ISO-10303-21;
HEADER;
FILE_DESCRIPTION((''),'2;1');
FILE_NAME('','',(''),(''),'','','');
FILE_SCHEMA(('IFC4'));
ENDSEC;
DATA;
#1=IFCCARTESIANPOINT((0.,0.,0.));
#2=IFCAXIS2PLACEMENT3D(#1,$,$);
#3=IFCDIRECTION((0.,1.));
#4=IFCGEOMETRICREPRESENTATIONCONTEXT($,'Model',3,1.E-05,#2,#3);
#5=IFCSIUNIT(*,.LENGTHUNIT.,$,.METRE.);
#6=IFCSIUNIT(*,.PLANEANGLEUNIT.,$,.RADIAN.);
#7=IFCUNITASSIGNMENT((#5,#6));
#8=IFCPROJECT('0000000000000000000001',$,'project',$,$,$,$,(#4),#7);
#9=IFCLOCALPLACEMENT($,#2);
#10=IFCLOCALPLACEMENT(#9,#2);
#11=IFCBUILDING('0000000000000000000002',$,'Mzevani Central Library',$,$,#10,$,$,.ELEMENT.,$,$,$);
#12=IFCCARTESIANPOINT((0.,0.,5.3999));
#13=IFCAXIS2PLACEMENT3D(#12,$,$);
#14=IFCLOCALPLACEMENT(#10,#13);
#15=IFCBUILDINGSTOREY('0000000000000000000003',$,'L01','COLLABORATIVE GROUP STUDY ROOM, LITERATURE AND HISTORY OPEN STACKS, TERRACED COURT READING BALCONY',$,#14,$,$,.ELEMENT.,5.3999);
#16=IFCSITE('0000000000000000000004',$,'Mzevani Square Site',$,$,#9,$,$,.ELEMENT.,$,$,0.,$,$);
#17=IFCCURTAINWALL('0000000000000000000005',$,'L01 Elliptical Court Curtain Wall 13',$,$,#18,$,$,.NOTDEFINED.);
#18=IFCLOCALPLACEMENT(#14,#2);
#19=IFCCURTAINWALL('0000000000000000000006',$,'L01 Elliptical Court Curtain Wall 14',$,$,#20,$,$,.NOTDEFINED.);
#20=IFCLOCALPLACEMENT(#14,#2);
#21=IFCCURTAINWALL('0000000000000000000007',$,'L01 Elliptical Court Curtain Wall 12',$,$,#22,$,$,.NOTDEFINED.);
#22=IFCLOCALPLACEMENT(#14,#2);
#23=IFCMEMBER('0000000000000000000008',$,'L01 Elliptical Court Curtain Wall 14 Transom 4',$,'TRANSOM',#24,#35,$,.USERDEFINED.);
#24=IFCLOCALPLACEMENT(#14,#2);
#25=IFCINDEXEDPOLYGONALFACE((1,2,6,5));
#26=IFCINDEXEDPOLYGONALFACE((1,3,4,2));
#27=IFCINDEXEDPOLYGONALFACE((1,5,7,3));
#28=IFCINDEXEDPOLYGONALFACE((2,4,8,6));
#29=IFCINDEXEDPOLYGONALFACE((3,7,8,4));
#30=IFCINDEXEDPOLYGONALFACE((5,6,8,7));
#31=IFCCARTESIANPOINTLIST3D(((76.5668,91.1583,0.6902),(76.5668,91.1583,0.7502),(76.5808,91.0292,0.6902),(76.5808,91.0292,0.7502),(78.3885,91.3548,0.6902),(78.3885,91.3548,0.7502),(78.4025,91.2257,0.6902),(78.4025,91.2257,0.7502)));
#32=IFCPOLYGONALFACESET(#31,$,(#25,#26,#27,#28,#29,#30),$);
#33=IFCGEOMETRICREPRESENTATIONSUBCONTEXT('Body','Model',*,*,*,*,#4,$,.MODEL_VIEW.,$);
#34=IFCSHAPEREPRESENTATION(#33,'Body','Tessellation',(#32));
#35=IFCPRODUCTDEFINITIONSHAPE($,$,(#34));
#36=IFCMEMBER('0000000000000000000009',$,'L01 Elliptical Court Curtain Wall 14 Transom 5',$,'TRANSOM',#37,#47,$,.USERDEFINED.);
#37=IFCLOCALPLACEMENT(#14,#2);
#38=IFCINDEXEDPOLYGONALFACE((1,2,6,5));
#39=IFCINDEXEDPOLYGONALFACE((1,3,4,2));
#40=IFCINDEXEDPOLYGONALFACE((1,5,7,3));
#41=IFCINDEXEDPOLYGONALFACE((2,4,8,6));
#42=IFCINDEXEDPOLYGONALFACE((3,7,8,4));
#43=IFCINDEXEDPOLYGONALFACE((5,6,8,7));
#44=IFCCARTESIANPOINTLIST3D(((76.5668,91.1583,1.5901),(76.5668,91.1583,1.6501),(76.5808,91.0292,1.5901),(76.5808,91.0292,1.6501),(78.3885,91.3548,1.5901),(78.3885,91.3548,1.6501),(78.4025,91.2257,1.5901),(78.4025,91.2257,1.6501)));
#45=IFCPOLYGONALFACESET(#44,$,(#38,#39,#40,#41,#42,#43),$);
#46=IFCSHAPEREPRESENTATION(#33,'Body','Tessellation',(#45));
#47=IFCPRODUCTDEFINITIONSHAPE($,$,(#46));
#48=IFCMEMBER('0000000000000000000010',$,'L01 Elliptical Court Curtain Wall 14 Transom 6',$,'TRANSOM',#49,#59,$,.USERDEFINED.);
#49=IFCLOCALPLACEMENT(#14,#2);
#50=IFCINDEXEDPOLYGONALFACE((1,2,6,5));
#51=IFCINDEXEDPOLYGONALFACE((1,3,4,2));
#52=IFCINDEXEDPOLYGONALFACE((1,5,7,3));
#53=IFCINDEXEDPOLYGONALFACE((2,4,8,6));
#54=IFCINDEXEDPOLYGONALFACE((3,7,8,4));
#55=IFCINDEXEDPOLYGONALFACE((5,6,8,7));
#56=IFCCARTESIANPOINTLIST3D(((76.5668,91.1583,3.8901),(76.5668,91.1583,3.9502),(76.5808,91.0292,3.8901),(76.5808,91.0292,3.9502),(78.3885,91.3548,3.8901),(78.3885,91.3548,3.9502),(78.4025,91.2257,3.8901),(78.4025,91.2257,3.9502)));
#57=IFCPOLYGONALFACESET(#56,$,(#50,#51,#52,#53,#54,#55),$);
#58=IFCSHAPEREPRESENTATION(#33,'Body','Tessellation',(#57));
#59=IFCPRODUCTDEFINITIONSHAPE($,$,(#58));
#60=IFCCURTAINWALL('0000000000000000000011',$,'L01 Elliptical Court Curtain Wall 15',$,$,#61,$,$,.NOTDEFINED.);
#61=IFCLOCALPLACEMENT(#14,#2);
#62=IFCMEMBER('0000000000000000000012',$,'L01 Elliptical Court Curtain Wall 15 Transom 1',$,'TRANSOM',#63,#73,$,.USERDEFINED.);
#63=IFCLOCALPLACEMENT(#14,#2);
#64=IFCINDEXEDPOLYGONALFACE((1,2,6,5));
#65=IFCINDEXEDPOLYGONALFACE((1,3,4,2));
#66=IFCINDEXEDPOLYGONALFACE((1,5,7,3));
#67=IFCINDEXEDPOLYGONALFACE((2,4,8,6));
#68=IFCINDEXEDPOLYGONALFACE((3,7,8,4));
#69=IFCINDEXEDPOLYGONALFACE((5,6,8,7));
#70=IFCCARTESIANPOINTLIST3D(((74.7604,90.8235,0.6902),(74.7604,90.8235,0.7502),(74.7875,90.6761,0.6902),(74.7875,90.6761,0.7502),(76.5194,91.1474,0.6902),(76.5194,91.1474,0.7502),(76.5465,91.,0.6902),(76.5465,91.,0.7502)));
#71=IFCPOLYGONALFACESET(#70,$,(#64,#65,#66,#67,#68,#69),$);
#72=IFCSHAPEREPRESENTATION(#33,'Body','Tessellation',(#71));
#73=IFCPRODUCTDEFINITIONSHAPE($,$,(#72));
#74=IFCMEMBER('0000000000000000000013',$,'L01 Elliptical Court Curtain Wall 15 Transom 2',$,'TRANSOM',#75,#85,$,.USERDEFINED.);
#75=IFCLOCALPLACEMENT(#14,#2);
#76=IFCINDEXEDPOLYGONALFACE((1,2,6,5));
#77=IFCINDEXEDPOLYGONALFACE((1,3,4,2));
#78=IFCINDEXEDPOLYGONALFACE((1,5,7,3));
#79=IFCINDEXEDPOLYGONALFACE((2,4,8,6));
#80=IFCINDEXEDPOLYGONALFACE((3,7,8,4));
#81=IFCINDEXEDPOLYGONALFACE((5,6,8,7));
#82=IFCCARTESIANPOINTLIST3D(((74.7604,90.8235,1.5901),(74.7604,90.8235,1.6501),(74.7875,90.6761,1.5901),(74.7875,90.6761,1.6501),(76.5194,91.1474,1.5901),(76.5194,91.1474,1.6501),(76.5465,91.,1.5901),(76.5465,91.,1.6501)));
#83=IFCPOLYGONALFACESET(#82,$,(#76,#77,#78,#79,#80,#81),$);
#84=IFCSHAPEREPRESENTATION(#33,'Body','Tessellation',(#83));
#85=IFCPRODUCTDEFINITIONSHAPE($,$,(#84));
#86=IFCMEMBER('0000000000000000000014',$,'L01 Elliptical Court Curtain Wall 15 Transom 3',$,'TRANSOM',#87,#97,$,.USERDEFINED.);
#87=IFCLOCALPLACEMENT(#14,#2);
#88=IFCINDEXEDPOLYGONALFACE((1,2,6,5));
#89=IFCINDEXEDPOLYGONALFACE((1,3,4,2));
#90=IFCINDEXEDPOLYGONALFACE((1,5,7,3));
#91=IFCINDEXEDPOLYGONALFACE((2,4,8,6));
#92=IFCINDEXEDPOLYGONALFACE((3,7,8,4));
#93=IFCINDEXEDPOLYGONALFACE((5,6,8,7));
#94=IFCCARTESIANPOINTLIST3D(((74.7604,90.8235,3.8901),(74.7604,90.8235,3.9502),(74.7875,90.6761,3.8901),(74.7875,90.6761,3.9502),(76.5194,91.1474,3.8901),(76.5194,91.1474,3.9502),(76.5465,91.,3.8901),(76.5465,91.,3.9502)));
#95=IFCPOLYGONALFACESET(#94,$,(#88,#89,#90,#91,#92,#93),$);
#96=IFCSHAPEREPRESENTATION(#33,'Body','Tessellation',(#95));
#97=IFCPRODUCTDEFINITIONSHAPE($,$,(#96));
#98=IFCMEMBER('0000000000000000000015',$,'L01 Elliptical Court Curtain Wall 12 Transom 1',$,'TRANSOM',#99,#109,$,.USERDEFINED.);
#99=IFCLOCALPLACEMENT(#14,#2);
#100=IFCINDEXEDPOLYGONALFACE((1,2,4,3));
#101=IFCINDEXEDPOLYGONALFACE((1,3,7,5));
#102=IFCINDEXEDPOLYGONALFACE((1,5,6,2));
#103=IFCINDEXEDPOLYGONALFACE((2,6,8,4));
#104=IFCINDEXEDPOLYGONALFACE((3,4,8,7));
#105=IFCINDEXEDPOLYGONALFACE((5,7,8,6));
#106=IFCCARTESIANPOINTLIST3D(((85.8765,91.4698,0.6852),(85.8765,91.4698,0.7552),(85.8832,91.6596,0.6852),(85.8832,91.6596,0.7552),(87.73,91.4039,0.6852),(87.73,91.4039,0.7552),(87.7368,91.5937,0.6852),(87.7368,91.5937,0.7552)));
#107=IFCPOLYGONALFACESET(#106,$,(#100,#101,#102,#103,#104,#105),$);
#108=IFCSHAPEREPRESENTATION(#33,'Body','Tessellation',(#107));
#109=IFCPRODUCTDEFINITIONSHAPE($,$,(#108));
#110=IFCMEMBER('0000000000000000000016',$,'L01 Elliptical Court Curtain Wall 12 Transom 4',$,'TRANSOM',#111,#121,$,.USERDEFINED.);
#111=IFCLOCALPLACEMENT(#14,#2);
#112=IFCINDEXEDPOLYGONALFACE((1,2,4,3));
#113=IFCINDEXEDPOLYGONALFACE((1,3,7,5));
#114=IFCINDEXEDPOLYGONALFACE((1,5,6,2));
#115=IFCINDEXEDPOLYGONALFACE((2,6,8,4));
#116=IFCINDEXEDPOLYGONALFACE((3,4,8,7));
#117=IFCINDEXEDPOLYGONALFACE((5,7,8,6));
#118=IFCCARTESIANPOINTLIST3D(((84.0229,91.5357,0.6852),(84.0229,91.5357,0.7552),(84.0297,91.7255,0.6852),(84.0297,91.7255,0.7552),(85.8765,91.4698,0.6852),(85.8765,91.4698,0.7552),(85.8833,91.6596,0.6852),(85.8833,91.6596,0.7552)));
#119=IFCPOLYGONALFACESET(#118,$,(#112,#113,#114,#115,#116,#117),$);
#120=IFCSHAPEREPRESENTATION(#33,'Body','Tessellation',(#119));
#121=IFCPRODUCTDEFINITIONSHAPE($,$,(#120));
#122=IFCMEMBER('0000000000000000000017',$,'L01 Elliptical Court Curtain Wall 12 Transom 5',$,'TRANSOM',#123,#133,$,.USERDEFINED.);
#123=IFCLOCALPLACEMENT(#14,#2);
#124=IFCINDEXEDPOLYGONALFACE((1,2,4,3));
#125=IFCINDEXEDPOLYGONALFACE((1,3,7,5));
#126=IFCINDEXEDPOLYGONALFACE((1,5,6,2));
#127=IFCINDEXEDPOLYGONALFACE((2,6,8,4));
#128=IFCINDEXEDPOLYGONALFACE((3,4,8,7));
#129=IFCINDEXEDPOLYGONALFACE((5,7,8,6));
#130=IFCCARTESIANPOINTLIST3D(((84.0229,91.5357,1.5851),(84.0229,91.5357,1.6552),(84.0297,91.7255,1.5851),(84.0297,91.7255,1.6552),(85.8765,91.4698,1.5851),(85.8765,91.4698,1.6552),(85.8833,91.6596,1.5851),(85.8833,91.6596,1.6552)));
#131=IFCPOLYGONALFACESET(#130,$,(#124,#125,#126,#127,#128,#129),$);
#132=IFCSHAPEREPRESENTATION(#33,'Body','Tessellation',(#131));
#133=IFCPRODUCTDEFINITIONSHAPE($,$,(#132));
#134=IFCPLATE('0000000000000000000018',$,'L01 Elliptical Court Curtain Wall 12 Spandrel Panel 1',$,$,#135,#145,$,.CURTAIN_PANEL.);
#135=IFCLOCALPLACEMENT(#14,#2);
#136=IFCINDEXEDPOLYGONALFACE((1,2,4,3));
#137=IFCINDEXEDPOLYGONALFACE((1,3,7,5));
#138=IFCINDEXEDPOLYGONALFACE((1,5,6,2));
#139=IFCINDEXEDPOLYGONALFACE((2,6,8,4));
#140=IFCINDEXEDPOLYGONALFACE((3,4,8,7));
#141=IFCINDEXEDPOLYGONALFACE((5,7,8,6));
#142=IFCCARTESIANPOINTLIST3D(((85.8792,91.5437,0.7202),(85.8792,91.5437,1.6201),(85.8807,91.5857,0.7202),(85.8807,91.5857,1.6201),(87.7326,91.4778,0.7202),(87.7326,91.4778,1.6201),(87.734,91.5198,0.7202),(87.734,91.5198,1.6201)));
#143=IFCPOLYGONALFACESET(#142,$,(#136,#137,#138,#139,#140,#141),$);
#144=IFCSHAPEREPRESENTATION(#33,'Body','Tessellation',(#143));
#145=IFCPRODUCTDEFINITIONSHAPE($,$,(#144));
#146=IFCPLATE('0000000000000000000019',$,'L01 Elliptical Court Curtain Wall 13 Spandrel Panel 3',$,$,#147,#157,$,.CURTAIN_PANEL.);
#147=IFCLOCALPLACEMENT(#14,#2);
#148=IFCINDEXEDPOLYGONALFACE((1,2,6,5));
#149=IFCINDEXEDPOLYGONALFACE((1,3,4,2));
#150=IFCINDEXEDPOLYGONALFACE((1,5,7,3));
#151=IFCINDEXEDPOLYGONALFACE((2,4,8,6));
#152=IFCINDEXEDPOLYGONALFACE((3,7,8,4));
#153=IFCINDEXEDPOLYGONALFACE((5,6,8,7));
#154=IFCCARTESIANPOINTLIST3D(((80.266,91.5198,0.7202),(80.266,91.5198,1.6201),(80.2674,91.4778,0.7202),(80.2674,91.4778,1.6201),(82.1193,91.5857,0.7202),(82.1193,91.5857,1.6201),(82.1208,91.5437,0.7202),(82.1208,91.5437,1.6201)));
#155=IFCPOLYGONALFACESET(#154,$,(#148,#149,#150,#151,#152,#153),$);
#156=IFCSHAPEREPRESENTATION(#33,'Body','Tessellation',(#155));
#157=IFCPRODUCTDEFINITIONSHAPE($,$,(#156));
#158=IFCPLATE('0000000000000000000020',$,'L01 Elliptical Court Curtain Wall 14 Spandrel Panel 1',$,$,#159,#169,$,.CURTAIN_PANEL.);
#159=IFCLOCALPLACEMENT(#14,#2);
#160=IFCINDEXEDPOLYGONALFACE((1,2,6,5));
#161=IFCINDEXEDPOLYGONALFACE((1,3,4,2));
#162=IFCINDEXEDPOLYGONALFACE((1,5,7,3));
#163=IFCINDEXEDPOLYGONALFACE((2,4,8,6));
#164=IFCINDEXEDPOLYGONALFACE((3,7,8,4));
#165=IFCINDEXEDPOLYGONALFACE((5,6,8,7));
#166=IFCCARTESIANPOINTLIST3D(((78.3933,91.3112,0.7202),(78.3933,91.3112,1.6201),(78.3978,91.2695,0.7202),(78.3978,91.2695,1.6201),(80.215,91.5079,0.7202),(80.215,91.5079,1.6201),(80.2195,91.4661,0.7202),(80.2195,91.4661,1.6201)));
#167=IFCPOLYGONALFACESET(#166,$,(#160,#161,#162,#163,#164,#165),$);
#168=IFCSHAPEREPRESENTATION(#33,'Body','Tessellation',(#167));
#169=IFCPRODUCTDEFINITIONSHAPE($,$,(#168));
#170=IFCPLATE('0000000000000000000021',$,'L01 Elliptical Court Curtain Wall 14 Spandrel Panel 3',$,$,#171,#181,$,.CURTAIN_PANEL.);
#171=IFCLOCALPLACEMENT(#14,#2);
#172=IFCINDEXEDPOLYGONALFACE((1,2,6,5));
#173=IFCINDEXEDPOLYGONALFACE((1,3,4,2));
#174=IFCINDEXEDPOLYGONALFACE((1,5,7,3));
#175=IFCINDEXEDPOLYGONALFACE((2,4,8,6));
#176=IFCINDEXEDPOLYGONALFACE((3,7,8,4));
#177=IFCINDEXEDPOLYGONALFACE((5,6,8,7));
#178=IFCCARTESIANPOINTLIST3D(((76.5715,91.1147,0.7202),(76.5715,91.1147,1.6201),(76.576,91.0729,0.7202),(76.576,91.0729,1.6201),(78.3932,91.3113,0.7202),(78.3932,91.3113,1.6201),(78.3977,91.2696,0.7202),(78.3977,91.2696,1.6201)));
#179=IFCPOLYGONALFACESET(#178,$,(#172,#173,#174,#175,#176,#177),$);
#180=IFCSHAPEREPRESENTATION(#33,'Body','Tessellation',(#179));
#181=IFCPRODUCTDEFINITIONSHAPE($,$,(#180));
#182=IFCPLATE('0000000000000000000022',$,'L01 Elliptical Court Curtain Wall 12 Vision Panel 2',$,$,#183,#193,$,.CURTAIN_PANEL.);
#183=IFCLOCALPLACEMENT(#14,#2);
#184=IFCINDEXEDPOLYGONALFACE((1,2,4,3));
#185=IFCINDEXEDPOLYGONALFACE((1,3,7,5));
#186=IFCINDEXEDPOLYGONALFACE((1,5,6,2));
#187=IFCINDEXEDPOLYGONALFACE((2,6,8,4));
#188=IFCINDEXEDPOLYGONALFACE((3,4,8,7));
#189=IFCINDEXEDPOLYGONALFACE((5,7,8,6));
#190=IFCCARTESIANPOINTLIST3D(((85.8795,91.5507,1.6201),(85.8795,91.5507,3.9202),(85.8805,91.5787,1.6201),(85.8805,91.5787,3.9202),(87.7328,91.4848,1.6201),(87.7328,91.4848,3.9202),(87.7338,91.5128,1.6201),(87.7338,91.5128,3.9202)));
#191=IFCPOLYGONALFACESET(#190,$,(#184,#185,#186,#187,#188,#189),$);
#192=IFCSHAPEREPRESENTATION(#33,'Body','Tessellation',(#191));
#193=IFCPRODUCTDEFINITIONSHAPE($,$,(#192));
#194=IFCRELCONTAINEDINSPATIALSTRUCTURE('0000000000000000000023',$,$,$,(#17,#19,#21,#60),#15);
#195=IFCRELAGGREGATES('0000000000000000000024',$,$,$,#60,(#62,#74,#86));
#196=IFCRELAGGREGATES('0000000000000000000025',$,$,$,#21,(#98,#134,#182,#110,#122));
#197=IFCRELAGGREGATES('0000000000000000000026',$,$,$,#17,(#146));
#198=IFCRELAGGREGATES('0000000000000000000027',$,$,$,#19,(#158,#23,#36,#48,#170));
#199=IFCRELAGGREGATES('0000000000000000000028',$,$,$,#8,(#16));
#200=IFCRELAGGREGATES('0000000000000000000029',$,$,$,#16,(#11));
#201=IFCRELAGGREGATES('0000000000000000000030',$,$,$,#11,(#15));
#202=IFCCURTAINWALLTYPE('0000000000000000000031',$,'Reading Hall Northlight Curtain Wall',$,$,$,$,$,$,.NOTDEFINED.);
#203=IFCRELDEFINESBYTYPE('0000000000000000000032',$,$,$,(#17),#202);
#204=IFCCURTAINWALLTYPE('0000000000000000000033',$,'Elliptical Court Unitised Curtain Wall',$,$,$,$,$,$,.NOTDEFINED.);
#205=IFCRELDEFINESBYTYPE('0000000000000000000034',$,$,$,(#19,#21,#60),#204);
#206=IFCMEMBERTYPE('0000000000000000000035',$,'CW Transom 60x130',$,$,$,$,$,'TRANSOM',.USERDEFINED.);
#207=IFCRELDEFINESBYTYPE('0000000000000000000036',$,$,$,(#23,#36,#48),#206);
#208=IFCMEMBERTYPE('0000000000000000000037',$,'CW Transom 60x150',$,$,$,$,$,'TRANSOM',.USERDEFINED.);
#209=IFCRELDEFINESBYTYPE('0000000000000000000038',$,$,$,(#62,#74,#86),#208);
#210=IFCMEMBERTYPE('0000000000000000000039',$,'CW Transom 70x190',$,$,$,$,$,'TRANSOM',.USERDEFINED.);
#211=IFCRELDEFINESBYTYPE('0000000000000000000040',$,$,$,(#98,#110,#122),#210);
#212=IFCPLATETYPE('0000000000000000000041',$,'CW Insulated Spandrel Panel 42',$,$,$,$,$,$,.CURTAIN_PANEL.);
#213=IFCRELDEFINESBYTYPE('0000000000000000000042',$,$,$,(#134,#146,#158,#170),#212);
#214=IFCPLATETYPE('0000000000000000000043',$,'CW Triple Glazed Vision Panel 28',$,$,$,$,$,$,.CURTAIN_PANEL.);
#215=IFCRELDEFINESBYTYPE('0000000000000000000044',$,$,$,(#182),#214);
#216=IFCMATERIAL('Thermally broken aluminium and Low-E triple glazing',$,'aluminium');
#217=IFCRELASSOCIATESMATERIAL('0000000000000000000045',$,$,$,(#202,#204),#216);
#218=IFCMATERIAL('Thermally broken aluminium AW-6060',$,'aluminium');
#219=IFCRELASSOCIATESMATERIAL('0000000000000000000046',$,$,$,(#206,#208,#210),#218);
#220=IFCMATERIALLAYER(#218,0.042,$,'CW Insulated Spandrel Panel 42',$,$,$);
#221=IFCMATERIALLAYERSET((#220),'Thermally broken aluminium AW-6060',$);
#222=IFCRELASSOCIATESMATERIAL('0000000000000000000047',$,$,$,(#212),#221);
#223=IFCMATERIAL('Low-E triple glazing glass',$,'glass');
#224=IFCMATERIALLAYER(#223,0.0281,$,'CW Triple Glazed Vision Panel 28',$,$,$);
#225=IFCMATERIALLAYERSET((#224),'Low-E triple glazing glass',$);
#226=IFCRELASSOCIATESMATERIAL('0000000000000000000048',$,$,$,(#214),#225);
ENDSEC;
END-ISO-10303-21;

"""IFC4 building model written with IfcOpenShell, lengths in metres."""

from ifc_helpers import new_model, si_unit, direction, frame, origin, origin_2d, place, context, subcontext, project, spatial, rectangle, extrude, material, layer, layer_set, material_profile, profile_set, type_object, element, aggregate, save


model = new_model("IFC4")

# Units and contexts
model_context = context("Model", 3, precision=1e-05, world=origin(), true_north=direction((0.0, 1.0)))
body_context = subcontext(model_context, "Body", "Model", "MODEL_VIEW")
ifc_project = project(units=[si_unit("LENGTHUNIT", "METRE"), si_unit("PLANEANGLEUNIT", "RADIAN")], contexts=[model_context])

# Site, building, storey
site_placement = place(None, origin())
site = spatial("IfcSite", under=ifc_project, at=site_placement, Name="Mzevani Square Site", CompositionType="ELEMENT", RefElevation=0.0)
building_placement = place(site_placement, origin())
building = spatial("IfcBuilding", under=site, at=building_placement, Name="Mzevani Central Library", CompositionType="ELEMENT")
storey_placement = place(building_placement, frame((0.0, 0.0, 5.3999)))
storey = spatial("IfcBuildingStorey", under=building, at=storey_placement, Name="L01", Description="COLLABORATIVE GROUP STUDY ROOM, LITERATURE AND HISTORY OPEN STACKS, TERRACED COURT READING BALCONY", CompositionType="ELEMENT", Elevation=5.3999)

# Curtain walls
ifc_material_1 = material(Name="Thermally broken aluminium and Low-E triple glazing", Category="aluminium")
curtain_wall_type_1 = type_object("IfcCurtainWallType", Name="Reading Hall Northlight Curtain Wall", PredefinedType="NOTDEFINED", material=ifc_material_1)
curtain_wall_1_placement = place(storey_placement, origin())
curtain_wall_1 = element("IfcCurtainWall", 1, at=curtain_wall_1_placement, inside=storey, type_object=curtain_wall_type_1, Name="L01 Elliptical Court Curtain Wall 13", PredefinedType="NOTDEFINED")
ifc_material_2 = material(Name="Thermally broken aluminium AW-6060", Category="aluminium")
curtain_wall_type_2 = type_object("IfcCurtainWallType", Name="Elliptical Court Unitised Curtain Wall", PredefinedType="NOTDEFINED", material=ifc_material_1)
curtain_wall_2_placement = place(storey_placement, origin())
curtain_wall_2 = element("IfcCurtainWall", 2, at=curtain_wall_2_placement, inside=storey, type_object=curtain_wall_type_2, Name="L01 Elliptical Court Curtain Wall 14", PredefinedType="NOTDEFINED")
curtain_wall_3_placement = place(storey_placement, origin())
curtain_wall_3 = element("IfcCurtainWall", 3, at=curtain_wall_3_placement, inside=storey, type_object=curtain_wall_type_2, Name="L01 Elliptical Court Curtain Wall 12", PredefinedType="NOTDEFINED")

# Members
ifc_material_profile_1 = material_profile(ifc_material_2, rectangle(XDim=0.1299, YDim=0.0601, at=origin_2d()), Name="ALU T60x130")
ifc_profile_set_1 = profile_set([ifc_material_profile_1], Name="Thermally broken aluminium AW-6060")
member_type_1 = type_object("IfcMemberType", Name="CW Transom 60x130", ElementType="TRANSOM", PredefinedType="USERDEFINED", material=ifc_profile_set_1)
member_1_placement = place(storey_placement, frame((78.3955, 91.2903, 0.7202), z_axis=(-0.994231, -0.107258, 0.0), x_axis=(0.107258, -0.994231, 0.0)))
member_1 = element("IfcMember", 4, at=member_1_placement, type_object=member_type_1, Name="L01 Elliptical Court Curtain Wall 14 Transom 4", ObjectType="TRANSOM", PredefinedType="USERDEFINED", context=body_context, shape_type="SweptSolid", body=[
    extrude(rectangle(XDim=0.1299, YDim=0.0601, at=origin_2d()), origin(), (0.0, 0.0, 1.0), 1.8323),
])
member_2_placement = place(storey_placement, frame((78.3955, 91.2903, 1.6201), z_axis=(-0.994231, -0.107258, 0.0), x_axis=(0.107258, -0.994231, 0.0)))
member_2 = element("IfcMember", 5, at=member_2_placement, type_object=member_type_1, Name="L01 Elliptical Court Curtain Wall 14 Transom 5", ObjectType="TRANSOM", PredefinedType="USERDEFINED", context=body_context, shape_type="SweptSolid", body=[
    extrude(rectangle(XDim=0.1299, YDim=0.0601, at=origin_2d()), origin(), (0.0, 0.0, 1.0), 1.8323),
])
member_3_placement = place(storey_placement, frame((78.3955, 91.2903, 3.9202), z_axis=(-0.994231, -0.107258, 0.0), x_axis=(0.107258, -0.994231, 0.0)))
member_3 = element("IfcMember", 6, at=member_3_placement, type_object=member_type_1, Name="L01 Elliptical Court Curtain Wall 14 Transom 6", ObjectType="TRANSOM", PredefinedType="USERDEFINED", context=body_context, shape_type="SweptSolid", body=[
    extrude(rectangle(XDim=0.1299, YDim=0.0601, at=origin_2d()), origin(), (0.0, 0.0, 1.0), 1.8323),
])

# Curtain wall, members
curtain_wall_4_placement = place(storey_placement, origin())
curtain_wall_4 = element("IfcCurtainWall", 7, at=curtain_wall_4_placement, inside=storey, type_object=curtain_wall_type_2, Name="L01 Elliptical Court Curtain Wall 15", PredefinedType="NOTDEFINED")
ifc_material_profile_2 = material_profile(ifc_material_2, rectangle(XDim=0.1499, YDim=0.0601, at=origin_2d()), Name="ALU T60x150")
ifc_profile_set_2 = profile_set([ifc_material_profile_2], Name="Thermally broken aluminium AW-6060")
member_type_2 = type_object("IfcMemberType", Name="CW Transom 60x150", ElementType="TRANSOM", PredefinedType="USERDEFINED", material=ifc_profile_set_2)
member_4_placement = place(storey_placement, frame((76.533, 91.0737, 0.7202), z_axis=(-0.983459, -0.181131, 0.0), x_axis=(0.181131, -0.983459, 0.0)))
member_4 = element("IfcMember", 8, at=member_4_placement, type_object=member_type_2, Name="L01 Elliptical Court Curtain Wall 15 Transom 1", ObjectType="TRANSOM", PredefinedType="USERDEFINED", context=body_context, shape_type="SweptSolid", body=[
    extrude(rectangle(XDim=0.1499, YDim=0.0601, at=origin_2d()), origin(), (0.0, 0.0, 1.0), 1.7886),
])
member_5_placement = place(storey_placement, frame((76.533, 91.0737, 1.6201), z_axis=(-0.983459, -0.181131, 0.0), x_axis=(0.181131, -0.983459, 0.0)))
member_5 = element("IfcMember", 9, at=member_5_placement, type_object=member_type_2, Name="L01 Elliptical Court Curtain Wall 15 Transom 2", ObjectType="TRANSOM", PredefinedType="USERDEFINED", context=body_context, shape_type="SweptSolid", body=[
    extrude(rectangle(XDim=0.1499, YDim=0.0601, at=origin_2d()), origin(), (0.0, 0.0, 1.0), 1.7886),
])
member_6_placement = place(storey_placement, frame((76.533, 91.0737, 3.9202), z_axis=(-0.983459, -0.181131, 0.0), x_axis=(0.181131, -0.983459, 0.0)))
member_6 = element("IfcMember", 10, at=member_6_placement, type_object=member_type_2, Name="L01 Elliptical Court Curtain Wall 15 Transom 3", ObjectType="TRANSOM", PredefinedType="USERDEFINED", context=body_context, shape_type="SweptSolid", body=[
    extrude(rectangle(XDim=0.1499, YDim=0.0601, at=origin_2d()), origin(), (0.0, 0.0, 1.0), 1.7886),
])
aggregate(curtain_wall_4, [member_4, member_5, member_6])

# Members
ifc_material_profile_3 = material_profile(ifc_material_2, rectangle(XDim=0.1899, YDim=0.0701, at=origin_2d()), Name="ALU T70x190")
ifc_profile_set_3 = profile_set([ifc_material_profile_3], Name="Thermally broken aluminium AW-6060")
member_type_3 = type_object("IfcMemberType", Name="CW Transom 70x190", ElementType="TRANSOM", PredefinedType="USERDEFINED", material=ifc_profile_set_3)
member_7_placement = place(storey_placement, frame((87.7334, 91.4988, 0.7202), z_axis=(-0.999368, 0.035541, 0.0), x_axis=(-0.035541, -0.999368, 0.0)))
member_7 = element("IfcMember", 11, at=member_7_placement, type_object=member_type_3, Name="L01 Elliptical Court Curtain Wall 12 Transom 1", ObjectType="TRANSOM", PredefinedType="USERDEFINED", context=body_context, shape_type="SweptSolid", body=[
    extrude(rectangle(XDim=0.1899, YDim=0.0701, at=origin_2d()), origin(), (0.0, 0.0, 1.0), 1.8547),
])
member_8_placement = place(storey_placement, frame((85.8799, 91.5647, 0.7202), z_axis=(-0.999368, 0.035541, 0.0), x_axis=(-0.035541, -0.999368, 0.0)))
member_8 = element("IfcMember", 12, at=member_8_placement, type_object=member_type_3, Name="L01 Elliptical Court Curtain Wall 12 Transom 4", ObjectType="TRANSOM", PredefinedType="USERDEFINED", context=body_context, shape_type="SweptSolid", body=[
    extrude(rectangle(XDim=0.1899, YDim=0.0701, at=origin_2d()), origin(), (0.0, 0.0, 1.0), 1.8547),
])
member_9_placement = place(storey_placement, frame((85.8799, 91.5647, 1.6201), z_axis=(-0.999368, 0.035541, 0.0), x_axis=(-0.035541, -0.999368, 0.0)))
member_9 = element("IfcMember", 13, at=member_9_placement, type_object=member_type_3, Name="L01 Elliptical Court Curtain Wall 12 Transom 5", ObjectType="TRANSOM", PredefinedType="USERDEFINED", context=body_context, shape_type="SweptSolid", body=[
    extrude(rectangle(XDim=0.1899, YDim=0.0701, at=origin_2d()), origin(), (0.0, 0.0, 1.0), 1.8547),
])

# Plates
ifc_layer_1 = layer(ifc_material_2, 0.042, Name="CW Insulated Spandrel Panel 42")
ifc_layer_set_1 = layer_set([ifc_layer_1], Name="Thermally broken aluminium AW-6060")
plate_type_1 = type_object("IfcPlateType", Name="CW Insulated Spandrel Panel 42", PredefinedType="CURTAIN_PANEL", material=ifc_layer_set_1)
plate_1_placement = place(storey_placement, frame((86.8066, 91.5317, 0.7202), z_axis=(0.0, 0.0, 1.0), x_axis=(-0.999369, 0.035533, 0.0)))
plate_1 = element("IfcPlate", 14, at=plate_1_placement, type_object=plate_type_1, Name="L01 Elliptical Court Curtain Wall 12 Spandrel Panel 1", PredefinedType="CURTAIN_PANEL", context=body_context, shape_type="SweptSolid", body=[
    extrude(rectangle(XDim=1.8545, YDim=0.042, at=origin_2d()), origin(), (0.0, 0.0, 1.0), 0.8999),
])
plate_2_placement = place(storey_placement, frame((81.1934, 91.5317, 0.7202), z_axis=(0.0, 0.0, 1.0), x_axis=(-0.999369, -0.035533, 0.0)))
plate_2 = element("IfcPlate", 15, at=plate_2_placement, type_object=plate_type_1, Name="L01 Elliptical Court Curtain Wall 13 Spandrel Panel 3", PredefinedType="CURTAIN_PANEL", context=body_context, shape_type="SweptSolid", body=[
    extrude(rectangle(XDim=1.8545, YDim=0.042, at=origin_2d()), origin(), (0.0, 0.0, 1.0), 0.8999),
])
plate_3_placement = place(storey_placement, frame((79.3064, 91.3887, 0.7202), z_axis=(0.0, 0.0, 1.0), x_axis=(-0.994224, -0.107323, 0.0)))
plate_3 = element("IfcPlate", 16, at=plate_3_placement, type_object=plate_type_1, Name="L01 Elliptical Court Curtain Wall 14 Spandrel Panel 1", PredefinedType="CURTAIN_PANEL", context=body_context, shape_type="SweptSolid", body=[
    extrude(rectangle(XDim=1.8323, YDim=0.042, at=origin_2d()), origin(), (0.0, 0.0, 1.0), 0.8999),
])
plate_4_placement = place(storey_placement, frame((77.4846, 91.1921, 0.7202), z_axis=(0.0, 0.0, 1.0), x_axis=(-0.994224, -0.107323, 0.0)))
plate_4 = element("IfcPlate", 17, at=plate_4_placement, type_object=plate_type_1, Name="L01 Elliptical Court Curtain Wall 14 Spandrel Panel 3", PredefinedType="CURTAIN_PANEL", context=body_context, shape_type="SweptSolid", body=[
    extrude(rectangle(XDim=1.8323, YDim=0.042, at=origin_2d()), origin(), (0.0, 0.0, 1.0), 0.8999),
])
ifc_material_3 = material(Name="Low-E triple glazing glass", Category="glass")
ifc_layer_2 = layer(ifc_material_3, 0.0281, Name="CW Triple Glazed Vision Panel 28")
ifc_layer_set_2 = layer_set([ifc_layer_2], Name="Low-E triple glazing glass")
plate_type_2 = type_object("IfcPlateType", Name="CW Triple Glazed Vision Panel 28", PredefinedType="CURTAIN_PANEL", material=ifc_layer_set_2)
plate_5_placement = place(storey_placement, frame((86.8066, 91.5317, 1.6201), z_axis=(0.0, 0.0, 1.0), x_axis=(-0.999369, 0.035533, 0.0)))
plate_5 = element("IfcPlate", 18, at=plate_5_placement, type_object=plate_type_2, Name="L01 Elliptical Court Curtain Wall 12 Vision Panel 2", PredefinedType="CURTAIN_PANEL", context=body_context, shape_type="SweptSolid", body=[
    extrude(rectangle(XDim=1.8545, YDim=0.0281, at=origin_2d()), origin(), (0.0, 0.0, 1.0), 2.3),
])
aggregate(curtain_wall_3, [member_7, plate_1, plate_5, member_8, member_9])
aggregate(curtain_wall_1, [plate_2])
aggregate(curtain_wall_2, [plate_3, member_1, member_2, member_3, plate_4])

save(model, "model.ifc")
